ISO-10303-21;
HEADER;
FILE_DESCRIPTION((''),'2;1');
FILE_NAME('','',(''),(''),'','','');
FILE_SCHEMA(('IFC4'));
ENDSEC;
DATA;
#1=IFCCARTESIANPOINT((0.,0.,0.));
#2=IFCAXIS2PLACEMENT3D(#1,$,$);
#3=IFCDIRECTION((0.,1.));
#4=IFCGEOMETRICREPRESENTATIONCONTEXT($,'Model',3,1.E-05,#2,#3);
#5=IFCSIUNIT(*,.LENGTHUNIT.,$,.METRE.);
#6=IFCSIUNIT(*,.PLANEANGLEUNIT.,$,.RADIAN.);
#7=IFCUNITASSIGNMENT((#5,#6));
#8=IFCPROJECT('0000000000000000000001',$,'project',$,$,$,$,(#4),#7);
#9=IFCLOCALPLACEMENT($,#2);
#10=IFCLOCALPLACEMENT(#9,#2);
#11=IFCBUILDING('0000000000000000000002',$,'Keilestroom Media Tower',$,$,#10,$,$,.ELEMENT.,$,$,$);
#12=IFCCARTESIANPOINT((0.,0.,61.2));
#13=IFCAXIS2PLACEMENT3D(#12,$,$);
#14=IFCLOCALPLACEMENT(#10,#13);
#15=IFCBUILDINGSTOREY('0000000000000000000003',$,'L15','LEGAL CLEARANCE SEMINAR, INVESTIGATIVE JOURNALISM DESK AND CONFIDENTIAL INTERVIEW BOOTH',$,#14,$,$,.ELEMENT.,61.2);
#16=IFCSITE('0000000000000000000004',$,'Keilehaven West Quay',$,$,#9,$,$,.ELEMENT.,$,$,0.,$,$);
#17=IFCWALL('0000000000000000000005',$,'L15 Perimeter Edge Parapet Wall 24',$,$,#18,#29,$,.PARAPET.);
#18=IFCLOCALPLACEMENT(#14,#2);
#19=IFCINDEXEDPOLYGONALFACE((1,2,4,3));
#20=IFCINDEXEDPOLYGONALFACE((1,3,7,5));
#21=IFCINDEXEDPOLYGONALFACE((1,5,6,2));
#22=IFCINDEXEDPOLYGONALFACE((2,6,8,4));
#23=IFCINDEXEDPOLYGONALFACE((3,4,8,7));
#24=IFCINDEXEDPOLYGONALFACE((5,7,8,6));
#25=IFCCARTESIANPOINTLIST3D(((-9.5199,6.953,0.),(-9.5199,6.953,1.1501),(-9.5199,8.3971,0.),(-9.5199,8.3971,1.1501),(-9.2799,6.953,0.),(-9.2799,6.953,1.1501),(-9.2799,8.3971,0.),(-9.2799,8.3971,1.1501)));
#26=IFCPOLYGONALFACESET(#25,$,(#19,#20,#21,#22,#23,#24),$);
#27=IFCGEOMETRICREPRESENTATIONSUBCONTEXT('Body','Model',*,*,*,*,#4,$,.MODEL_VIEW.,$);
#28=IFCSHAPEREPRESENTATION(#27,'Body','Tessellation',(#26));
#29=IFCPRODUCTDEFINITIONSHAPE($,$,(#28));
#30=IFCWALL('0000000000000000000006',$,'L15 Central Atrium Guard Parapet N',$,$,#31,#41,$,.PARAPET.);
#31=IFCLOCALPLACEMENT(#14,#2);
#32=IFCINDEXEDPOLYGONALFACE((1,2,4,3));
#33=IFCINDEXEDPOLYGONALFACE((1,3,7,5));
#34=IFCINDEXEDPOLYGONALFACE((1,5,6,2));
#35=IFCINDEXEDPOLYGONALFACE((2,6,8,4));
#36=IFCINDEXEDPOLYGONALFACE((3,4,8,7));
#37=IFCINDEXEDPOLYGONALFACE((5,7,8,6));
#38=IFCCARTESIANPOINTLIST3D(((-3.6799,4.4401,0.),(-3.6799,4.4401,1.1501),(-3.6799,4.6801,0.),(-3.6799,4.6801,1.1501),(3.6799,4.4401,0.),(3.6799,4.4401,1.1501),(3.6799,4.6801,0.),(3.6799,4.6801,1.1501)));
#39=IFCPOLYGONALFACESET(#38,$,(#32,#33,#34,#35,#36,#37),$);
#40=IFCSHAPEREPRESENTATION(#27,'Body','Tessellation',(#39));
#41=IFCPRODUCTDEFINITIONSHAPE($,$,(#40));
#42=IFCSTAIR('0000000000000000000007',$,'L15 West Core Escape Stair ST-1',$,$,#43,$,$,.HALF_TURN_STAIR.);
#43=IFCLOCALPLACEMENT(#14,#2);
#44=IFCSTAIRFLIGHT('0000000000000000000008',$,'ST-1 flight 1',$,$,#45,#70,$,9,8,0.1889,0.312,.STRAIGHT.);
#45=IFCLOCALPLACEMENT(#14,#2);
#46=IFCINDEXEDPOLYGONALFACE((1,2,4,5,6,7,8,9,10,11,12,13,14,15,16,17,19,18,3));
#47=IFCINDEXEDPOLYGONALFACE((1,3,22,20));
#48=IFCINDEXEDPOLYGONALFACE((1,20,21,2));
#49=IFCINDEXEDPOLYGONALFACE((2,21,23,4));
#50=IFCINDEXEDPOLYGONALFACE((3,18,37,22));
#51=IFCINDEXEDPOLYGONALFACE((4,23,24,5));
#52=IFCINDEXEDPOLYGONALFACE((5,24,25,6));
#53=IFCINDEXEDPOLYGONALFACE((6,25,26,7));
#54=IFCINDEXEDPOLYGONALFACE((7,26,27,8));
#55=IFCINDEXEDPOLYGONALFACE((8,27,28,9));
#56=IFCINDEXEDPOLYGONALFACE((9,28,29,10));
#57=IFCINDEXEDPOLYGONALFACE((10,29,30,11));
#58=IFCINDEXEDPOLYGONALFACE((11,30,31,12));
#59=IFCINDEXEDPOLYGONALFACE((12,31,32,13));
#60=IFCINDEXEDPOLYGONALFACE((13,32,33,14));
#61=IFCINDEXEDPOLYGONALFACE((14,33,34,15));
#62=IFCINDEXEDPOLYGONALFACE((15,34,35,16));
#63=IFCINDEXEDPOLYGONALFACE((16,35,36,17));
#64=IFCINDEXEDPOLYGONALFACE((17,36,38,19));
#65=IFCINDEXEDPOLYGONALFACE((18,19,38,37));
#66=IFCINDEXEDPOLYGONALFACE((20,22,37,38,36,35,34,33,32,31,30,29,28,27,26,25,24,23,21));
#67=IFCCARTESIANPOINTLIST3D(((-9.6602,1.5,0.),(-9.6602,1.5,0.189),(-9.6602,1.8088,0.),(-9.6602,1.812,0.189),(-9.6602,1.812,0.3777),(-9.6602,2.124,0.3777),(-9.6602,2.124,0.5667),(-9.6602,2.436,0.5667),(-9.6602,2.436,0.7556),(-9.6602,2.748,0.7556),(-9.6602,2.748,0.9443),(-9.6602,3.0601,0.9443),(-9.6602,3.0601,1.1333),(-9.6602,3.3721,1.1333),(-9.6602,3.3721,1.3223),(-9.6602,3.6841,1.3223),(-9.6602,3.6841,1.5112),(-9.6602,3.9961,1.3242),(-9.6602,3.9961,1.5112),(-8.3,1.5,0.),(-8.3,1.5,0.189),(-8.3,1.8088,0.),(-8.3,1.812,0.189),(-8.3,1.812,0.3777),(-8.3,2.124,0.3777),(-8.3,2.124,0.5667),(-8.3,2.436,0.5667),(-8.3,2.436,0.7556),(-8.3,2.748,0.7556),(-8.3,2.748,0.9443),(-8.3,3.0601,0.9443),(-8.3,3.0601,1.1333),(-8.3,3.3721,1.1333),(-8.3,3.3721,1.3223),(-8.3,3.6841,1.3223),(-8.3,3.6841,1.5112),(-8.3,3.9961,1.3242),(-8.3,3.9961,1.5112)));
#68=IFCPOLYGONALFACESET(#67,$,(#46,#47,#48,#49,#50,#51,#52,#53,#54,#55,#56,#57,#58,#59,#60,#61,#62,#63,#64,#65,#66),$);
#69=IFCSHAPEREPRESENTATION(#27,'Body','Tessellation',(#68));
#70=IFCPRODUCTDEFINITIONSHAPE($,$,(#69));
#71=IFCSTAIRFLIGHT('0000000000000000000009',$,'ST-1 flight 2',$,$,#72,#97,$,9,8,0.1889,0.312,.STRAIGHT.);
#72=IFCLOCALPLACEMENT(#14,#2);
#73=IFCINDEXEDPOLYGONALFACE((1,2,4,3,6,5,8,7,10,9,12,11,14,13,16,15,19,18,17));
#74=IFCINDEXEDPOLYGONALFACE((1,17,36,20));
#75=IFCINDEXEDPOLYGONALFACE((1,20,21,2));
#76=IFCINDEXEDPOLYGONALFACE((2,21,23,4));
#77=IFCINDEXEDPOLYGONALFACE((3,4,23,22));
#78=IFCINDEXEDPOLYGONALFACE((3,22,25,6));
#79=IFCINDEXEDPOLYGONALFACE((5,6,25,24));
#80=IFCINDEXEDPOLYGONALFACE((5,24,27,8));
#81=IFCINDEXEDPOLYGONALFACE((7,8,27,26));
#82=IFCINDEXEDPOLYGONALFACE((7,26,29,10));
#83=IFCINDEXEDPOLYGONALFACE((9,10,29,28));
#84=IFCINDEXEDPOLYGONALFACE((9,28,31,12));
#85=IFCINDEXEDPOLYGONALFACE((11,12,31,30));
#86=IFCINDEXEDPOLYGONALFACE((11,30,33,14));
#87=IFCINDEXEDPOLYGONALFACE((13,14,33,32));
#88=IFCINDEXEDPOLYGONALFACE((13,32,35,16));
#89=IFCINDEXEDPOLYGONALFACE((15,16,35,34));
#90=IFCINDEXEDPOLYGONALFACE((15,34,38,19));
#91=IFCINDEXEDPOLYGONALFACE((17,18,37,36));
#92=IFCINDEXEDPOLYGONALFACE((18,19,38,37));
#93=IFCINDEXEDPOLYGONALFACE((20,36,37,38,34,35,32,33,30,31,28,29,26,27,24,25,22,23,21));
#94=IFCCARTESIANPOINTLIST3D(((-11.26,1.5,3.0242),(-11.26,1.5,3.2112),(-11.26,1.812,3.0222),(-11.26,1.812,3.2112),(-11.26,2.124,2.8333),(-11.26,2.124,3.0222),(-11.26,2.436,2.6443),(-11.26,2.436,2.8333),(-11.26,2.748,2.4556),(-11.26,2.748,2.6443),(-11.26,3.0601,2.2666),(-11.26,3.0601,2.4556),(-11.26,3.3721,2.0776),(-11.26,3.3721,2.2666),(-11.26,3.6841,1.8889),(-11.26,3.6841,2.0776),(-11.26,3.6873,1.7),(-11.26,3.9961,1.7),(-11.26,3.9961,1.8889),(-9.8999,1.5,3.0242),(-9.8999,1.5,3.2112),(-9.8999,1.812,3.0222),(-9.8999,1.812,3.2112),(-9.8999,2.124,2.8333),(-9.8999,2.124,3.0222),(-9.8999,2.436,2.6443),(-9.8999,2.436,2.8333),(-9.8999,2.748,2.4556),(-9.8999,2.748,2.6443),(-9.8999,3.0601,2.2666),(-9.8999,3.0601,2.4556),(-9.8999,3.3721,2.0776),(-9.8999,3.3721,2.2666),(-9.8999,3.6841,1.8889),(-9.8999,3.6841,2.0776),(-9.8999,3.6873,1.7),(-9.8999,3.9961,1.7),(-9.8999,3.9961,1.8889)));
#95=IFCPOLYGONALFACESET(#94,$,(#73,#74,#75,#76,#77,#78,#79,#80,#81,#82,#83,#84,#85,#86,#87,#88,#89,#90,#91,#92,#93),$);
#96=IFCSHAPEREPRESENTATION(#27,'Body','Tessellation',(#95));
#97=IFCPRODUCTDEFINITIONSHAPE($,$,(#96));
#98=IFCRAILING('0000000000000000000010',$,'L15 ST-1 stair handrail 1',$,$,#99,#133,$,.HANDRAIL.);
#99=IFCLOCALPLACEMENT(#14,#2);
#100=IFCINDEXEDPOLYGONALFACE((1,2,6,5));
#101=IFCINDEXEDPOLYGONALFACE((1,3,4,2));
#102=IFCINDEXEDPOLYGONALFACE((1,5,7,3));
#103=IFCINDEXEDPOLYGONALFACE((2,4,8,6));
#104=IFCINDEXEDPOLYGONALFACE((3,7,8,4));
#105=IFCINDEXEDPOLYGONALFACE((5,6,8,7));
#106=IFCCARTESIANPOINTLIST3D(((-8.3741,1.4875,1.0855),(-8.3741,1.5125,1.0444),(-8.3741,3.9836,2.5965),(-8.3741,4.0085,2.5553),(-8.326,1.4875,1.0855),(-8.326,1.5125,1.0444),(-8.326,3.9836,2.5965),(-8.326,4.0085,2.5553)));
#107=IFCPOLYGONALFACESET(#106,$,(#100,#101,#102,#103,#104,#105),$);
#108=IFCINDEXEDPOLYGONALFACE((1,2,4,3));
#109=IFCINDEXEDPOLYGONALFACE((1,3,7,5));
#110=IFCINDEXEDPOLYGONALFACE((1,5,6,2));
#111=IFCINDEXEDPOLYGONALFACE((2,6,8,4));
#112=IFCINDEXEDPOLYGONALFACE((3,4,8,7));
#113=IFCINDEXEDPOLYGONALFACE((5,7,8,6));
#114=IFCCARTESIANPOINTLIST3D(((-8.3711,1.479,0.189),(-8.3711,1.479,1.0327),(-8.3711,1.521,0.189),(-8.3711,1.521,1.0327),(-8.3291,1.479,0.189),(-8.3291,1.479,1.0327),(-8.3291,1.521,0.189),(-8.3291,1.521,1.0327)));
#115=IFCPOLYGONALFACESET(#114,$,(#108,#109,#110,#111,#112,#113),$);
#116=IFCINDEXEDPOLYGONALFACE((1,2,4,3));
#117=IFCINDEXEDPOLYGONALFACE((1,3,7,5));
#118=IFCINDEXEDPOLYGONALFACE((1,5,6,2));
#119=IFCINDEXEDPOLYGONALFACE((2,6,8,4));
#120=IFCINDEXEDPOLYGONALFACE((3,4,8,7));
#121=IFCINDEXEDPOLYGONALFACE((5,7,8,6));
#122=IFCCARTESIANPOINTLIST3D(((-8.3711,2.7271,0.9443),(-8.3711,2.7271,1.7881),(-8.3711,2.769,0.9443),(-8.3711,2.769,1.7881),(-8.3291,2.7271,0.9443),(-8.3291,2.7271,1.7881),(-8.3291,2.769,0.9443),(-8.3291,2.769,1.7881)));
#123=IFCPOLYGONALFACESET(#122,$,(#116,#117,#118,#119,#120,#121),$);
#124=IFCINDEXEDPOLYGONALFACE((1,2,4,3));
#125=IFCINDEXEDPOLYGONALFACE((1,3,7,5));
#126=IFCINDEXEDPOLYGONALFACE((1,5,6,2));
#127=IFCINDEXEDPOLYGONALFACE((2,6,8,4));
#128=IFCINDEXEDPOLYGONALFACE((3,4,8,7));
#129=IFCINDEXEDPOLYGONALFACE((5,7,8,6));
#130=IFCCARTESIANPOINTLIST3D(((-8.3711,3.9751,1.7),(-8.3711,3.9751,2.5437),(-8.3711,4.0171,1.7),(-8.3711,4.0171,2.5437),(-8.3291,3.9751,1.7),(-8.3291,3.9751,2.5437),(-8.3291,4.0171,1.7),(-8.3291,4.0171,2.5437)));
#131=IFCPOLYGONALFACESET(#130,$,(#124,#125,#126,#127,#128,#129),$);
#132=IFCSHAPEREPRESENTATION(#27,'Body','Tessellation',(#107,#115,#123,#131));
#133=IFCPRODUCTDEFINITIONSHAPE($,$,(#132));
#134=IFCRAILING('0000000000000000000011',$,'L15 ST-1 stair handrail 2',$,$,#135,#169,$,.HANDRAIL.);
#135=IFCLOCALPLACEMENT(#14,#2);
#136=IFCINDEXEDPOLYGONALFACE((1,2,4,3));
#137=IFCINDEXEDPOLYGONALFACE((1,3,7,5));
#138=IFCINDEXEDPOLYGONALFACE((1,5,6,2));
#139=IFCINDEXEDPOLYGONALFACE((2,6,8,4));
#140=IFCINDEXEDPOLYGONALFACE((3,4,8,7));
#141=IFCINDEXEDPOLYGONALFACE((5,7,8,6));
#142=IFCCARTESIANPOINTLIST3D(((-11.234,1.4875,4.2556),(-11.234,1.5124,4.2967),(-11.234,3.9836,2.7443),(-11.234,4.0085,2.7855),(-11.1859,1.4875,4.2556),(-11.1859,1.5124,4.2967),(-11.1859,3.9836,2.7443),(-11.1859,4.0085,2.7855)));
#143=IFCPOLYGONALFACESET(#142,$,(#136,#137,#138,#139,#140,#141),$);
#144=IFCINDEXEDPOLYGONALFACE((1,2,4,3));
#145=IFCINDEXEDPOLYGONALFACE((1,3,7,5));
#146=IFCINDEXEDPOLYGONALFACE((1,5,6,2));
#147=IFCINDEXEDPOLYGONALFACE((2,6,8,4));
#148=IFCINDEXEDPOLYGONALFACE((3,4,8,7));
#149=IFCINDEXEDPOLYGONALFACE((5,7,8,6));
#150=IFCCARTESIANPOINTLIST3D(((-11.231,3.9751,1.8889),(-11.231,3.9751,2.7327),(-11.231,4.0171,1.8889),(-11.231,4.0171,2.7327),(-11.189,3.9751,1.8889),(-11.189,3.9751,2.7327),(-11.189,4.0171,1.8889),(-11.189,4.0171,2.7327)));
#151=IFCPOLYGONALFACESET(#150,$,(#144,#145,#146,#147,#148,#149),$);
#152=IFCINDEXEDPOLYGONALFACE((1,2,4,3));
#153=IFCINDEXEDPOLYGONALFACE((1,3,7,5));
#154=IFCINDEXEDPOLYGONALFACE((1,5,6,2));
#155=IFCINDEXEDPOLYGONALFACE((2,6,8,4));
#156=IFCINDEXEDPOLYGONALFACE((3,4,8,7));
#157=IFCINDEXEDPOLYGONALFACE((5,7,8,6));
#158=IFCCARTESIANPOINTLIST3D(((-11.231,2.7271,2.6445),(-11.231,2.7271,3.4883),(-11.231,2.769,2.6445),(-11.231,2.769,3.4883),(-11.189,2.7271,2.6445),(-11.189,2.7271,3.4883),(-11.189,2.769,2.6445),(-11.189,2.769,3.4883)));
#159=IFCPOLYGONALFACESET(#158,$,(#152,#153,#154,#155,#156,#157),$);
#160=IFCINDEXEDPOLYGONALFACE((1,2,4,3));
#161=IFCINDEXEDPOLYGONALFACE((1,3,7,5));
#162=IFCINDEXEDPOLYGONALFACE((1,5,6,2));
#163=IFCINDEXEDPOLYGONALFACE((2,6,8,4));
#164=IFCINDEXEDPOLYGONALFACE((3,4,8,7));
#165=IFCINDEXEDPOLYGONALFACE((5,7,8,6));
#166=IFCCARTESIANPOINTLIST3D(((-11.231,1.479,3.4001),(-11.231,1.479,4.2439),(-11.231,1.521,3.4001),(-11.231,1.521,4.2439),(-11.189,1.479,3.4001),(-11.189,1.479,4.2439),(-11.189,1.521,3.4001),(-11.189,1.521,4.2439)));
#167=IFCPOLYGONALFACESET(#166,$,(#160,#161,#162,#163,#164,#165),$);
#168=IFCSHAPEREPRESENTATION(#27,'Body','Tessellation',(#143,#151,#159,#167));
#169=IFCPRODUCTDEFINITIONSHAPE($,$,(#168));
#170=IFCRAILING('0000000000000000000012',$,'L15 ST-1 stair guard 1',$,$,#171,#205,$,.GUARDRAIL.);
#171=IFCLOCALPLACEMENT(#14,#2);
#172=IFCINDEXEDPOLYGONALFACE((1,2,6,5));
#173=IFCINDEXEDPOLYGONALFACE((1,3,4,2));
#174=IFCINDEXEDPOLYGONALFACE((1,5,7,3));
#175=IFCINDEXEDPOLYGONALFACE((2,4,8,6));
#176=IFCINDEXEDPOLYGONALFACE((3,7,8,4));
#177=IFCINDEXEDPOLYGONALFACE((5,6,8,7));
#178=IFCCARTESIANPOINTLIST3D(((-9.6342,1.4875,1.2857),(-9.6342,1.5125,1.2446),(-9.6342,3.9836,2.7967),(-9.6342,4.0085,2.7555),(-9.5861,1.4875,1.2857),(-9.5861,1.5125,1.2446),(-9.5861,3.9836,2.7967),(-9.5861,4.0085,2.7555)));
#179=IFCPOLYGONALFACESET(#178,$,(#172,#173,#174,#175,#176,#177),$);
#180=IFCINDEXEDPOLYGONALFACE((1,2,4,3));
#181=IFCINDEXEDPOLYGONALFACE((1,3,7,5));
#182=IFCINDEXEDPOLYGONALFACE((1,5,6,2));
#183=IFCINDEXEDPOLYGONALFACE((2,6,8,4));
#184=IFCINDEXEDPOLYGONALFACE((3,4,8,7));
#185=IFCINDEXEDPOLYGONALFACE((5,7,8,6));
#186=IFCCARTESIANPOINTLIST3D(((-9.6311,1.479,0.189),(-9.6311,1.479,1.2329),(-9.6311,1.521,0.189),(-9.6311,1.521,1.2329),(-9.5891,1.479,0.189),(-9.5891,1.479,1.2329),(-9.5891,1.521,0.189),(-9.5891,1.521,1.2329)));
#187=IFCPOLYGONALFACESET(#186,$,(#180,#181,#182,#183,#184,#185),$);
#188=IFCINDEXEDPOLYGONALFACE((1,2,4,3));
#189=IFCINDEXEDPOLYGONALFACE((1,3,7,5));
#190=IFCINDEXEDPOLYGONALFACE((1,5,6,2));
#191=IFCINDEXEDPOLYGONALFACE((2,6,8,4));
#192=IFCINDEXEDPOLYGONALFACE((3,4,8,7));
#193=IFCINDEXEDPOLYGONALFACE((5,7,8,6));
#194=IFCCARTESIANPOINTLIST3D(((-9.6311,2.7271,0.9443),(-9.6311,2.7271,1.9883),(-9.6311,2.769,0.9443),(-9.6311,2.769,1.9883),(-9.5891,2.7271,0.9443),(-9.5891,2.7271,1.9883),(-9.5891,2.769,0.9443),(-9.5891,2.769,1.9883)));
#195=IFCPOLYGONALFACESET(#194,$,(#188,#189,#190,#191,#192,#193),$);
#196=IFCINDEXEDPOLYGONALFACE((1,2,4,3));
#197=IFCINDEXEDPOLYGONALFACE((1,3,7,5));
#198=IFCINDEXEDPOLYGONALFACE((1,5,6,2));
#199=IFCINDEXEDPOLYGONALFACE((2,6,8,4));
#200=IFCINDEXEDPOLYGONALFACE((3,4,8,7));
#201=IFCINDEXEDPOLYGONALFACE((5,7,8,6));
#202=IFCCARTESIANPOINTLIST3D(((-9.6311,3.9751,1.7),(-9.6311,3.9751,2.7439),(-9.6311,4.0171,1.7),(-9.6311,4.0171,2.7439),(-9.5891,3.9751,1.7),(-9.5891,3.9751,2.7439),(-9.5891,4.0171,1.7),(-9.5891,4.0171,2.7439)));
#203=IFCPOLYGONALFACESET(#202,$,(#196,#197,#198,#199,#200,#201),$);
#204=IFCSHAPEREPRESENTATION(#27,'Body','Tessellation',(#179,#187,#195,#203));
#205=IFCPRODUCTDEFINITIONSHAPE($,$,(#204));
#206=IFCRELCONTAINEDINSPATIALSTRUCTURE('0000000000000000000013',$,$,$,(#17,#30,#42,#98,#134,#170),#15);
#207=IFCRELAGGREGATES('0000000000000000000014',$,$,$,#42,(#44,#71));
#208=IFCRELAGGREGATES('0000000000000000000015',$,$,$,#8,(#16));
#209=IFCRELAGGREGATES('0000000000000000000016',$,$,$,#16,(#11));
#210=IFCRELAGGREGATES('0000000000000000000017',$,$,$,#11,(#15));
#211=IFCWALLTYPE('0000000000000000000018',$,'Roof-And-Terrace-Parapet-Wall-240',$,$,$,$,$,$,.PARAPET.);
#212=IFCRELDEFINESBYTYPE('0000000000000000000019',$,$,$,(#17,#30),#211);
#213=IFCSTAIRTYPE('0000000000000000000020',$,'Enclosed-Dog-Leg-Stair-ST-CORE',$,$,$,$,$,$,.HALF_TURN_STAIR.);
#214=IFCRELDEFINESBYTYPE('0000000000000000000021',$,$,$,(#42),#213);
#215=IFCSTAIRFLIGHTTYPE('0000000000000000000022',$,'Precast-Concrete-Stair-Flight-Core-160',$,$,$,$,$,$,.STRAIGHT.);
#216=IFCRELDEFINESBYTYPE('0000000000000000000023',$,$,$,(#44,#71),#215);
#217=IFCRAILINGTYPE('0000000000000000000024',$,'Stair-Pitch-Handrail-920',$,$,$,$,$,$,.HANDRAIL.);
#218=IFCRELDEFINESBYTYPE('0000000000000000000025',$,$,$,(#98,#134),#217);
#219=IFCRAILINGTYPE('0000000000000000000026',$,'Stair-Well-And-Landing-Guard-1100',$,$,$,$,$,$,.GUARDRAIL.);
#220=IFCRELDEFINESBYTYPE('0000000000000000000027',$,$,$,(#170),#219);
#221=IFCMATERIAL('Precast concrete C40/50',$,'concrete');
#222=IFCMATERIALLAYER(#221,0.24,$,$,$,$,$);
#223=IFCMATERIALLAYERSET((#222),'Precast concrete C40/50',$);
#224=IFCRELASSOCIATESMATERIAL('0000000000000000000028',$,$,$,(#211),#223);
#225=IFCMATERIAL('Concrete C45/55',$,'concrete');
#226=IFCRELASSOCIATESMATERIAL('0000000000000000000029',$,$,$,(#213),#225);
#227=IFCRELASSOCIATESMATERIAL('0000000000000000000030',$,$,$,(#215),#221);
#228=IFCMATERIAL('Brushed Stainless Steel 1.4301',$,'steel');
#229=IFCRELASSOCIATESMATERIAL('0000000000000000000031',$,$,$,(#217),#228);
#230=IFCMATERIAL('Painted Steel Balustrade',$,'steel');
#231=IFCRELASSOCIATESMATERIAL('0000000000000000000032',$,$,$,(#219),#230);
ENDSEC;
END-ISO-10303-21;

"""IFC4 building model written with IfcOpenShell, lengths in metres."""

from ifc_helpers import new_model, si_unit, direction, frame, frame_2d, origin, origin_2d, place, context, subcontext, project, spatial, polyline, rectangle, outline, extrude, material, layer, layer_set, type_object, element, aggregate, save


model = new_model("IFC4")

# Units and contexts
model_context = context("Model", 3, precision=1e-05, world=origin(), true_north=direction((0.0, 1.0)))
body_context = subcontext(model_context, "Body", "Model", "MODEL_VIEW")
ifc_project = project(units=[si_unit("LENGTHUNIT", "METRE"), si_unit("PLANEANGLEUNIT", "RADIAN")], contexts=[model_context])

# Site, building, storey
site_placement = place(None, origin())
site = spatial("IfcSite", under=ifc_project, at=site_placement, Name="Keilehaven West Quay", CompositionType="ELEMENT", RefElevation=0.0)
building_placement = place(site_placement, origin())
building = spatial("IfcBuilding", under=site, at=building_placement, Name="Keilestroom Media Tower", CompositionType="ELEMENT")
storey_placement = place(building_placement, frame((0.0, 0.0, 61.2)))
storey = spatial("IfcBuildingStorey", under=building, at=storey_placement, Name="L15", Description="LEGAL CLEARANCE SEMINAR, INVESTIGATIVE JOURNALISM DESK AND CONFIDENTIAL INTERVIEW BOOTH", CompositionType="ELEMENT", Elevation=61.2)

# Shared definitions
ifc_material_1 = material(Name="Concrete C45/55", Category="concrete")

# Walls
ifc_material_2 = material(Name="Precast concrete C40/50", Category="concrete")
ifc_layer_1 = layer(ifc_material_2, 0.24)
ifc_layer_set_1 = layer_set([ifc_layer_1], Name="Precast concrete C40/50")
wall_type_1 = type_object("IfcWallType", Name="Roof-And-Terrace-Parapet-Wall-240", PredefinedType="PARAPET", material=ifc_layer_set_1)
wall_1_placement = place(storey_placement, frame((-9.3999, 6.9529, 0.0), z_axis=(0.0, 0.0, 1.0), x_axis=(0.0, 1.0, 0.0)))
element("IfcWall", 1, at=wall_1_placement, inside=storey, type_object=wall_type_1, Name="L15 Perimeter Edge Parapet Wall 24", PredefinedType="PARAPET", context=body_context, shape_type="SweptSolid", body=[
    extrude(rectangle(XDim=1.4441, YDim=0.24, at=frame_2d((0.7222, 0.0))), origin(), (0.0, 0.0, 1.0), 1.1501),
])
wall_2_placement = place(storey_placement, frame((-3.6799, 4.5601, 0.0), z_axis=(0.0, 0.0, 1.0), x_axis=(1.0, 0.0, 0.0)))
element("IfcWall", 2, at=wall_2_placement, inside=storey, type_object=wall_type_1, Name="L15 Central Atrium Guard Parapet N", PredefinedType="PARAPET", context=body_context, shape_type="SweptSolid", body=[
    extrude(rectangle(XDim=7.3599, YDim=0.24, at=frame_2d((3.6799, 0.0))), origin(), (0.0, 0.0, 1.0), 1.1501),
])

# Stair, stair flights
stair_type = type_object("IfcStairType", Name="Enclosed-Dog-Leg-Stair-ST-CORE", PredefinedType="HALF_TURN_STAIR", material=ifc_material_1)
stair_placement = place(storey_placement, origin())
stair = element("IfcStair", 3, at=stair_placement, inside=storey, type_object=stair_type, Name="L15 West Core Escape Stair ST-1", PredefinedType="HALF_TURN_STAIR")
stair_flight_type = type_object("IfcStairFlightType", Name="Precast-Concrete-Stair-Flight-Core-160", PredefinedType="STRAIGHT", material=ifc_material_2)
stair_flight_1_placement = place(storey_placement, frame((-8.98, 1.5, 0.0), z_axis=(0.0, 0.0, 1.0), x_axis=(0.0, 1.0, 0.0)))
stair_flight_1 = element("IfcStairFlight", 4, at=stair_flight_1_placement, type_object=stair_flight_type, Name="ST-1 flight 1", NumberOfRisers=9, NumberOfTreads=8, PredefinedType="STRAIGHT", RiserHeight=0.1889, TreadLength=0.312, context=body_context, shape_type="SweptSolid", body=[
    extrude(outline(polyline([(0.0, 0.0), (0.0, 0.189), (0.312, 0.189), (0.312, 0.3777), (0.624, 0.3777), (0.624, 0.5667), (0.936, 0.5667), (0.936, 0.7556), (1.248, 0.7556), (1.248, 0.9443), (1.5601, 0.9443), (1.5601, 1.1333), (1.8721, 1.1333), (1.8721, 1.3223), (2.1841, 1.3223), (2.1841, 1.5112), (2.4961, 1.5112), (2.4961, 1.7), (2.4961, 1.3242), (0.3088, 0.0), (0.0, 0.0)])), frame((0.0, 0.6802, 0.0), z_axis=(0.0, -1.0, 0.0), x_axis=(1.0, 0.0, 0.0)), (0.0, 0.0, 1.0), 1.3601),
])
stair_flight_2_placement = place(storey_placement, frame((-10.5801, 3.9961, 1.7), z_axis=(0.0, 0.0, 1.0), x_axis=(0.0, -1.0, 0.0)))
stair_flight_2 = element("IfcStairFlight", 5, at=stair_flight_2_placement, type_object=stair_flight_type, Name="ST-1 flight 2", NumberOfRisers=9, NumberOfTreads=8, PredefinedType="STRAIGHT", RiserHeight=0.1889, TreadLength=0.312, context=body_context, shape_type="SweptSolid", body=[
    extrude(outline(polyline([(0.0, 0.0), (0.0, 0.189), (0.312, 0.189), (0.312, 0.3777), (0.624, 0.3777), (0.624, 0.5667), (0.936, 0.5667), (0.936, 0.7556), (1.248, 0.7556), (1.248, 0.9443), (1.5601, 0.9443), (1.5601, 1.1333), (1.8721, 1.1333), (1.8721, 1.3223), (2.1841, 1.3223), (2.1841, 1.5112), (2.4961, 1.5112), (2.4961, 1.7), (2.4961, 1.3242), (0.3088, 0.0), (0.0, 0.0)])), frame((0.0, 0.6802, 0.0), z_axis=(0.0, -1.0, 0.0), x_axis=(1.0, 0.0, 0.0)), (0.0, 0.0, 1.0), 1.3601),
])
aggregate(stair, [stair_flight_1, stair_flight_2])

# Railings
ifc_material_3 = material(Name="Brushed Stainless Steel 1.4301", Category="steel")
railing_type_1 = type_object("IfcRailingType", Name="Stair-Pitch-Handrail-920", PredefinedType="HANDRAIL", material=ifc_material_3)
railing_1_placement = place(storey_placement, frame((-8.3501, 1.5, 0.189)))
element("IfcRailing", 6, at=railing_1_placement, inside=storey, type_object=railing_type_1, Name="L15 ST-1 stair handrail 1", PredefinedType="HANDRAIL", context=body_context, shape_type="SweptSolid", body=[
    extrude(rectangle(XDim=0.0481, YDim=0.0481, at=origin_2d()), frame((0.0, 0.0, 0.876), z_axis=(0.0, 0.855471, 0.517851), x_axis=(-1.0, 0.0, 0.0)), (0.0, 0.0, 1.0), 2.9177),
    extrude(rectangle(XDim=0.042, YDim=0.042, at=origin_2d()), origin(), (0.0, 0.0, 1.0), 0.8438),
    extrude(rectangle(XDim=0.042, YDim=0.042, at=origin_2d()), frame((0.0, 1.248, 0.7554)), (0.0, 0.0, 1.0), 0.8438),
    extrude(rectangle(XDim=0.042, YDim=0.042, at=origin_2d()), frame((0.0, 2.4961, 1.511)), (0.0, 0.0, 1.0), 0.8438),
])
railing_2_placement = place(storey_placement, frame((-11.21, 3.9961, 1.8889)))
element("IfcRailing", 7, at=railing_2_placement, inside=storey, type_object=railing_type_1, Name="L15 ST-1 stair handrail 2", PredefinedType="HANDRAIL", context=body_context, shape_type="SweptSolid", body=[
    extrude(rectangle(XDim=0.0481, YDim=0.0481, at=origin_2d()), frame((0.0, 0.0, 0.876), z_axis=(0.0, -0.855434, 0.517912), x_axis=(1.0, 0.0, 0.0)), (0.0, 0.0, 1.0), 2.918),
    extrude(rectangle(XDim=0.042, YDim=0.042, at=origin_2d()), origin(), (0.0, 0.0, 1.0), 0.8438),
    extrude(rectangle(XDim=0.042, YDim=0.042, at=origin_2d()), frame((0.0, -1.248, 0.7556)), (0.0, 0.0, 1.0), 0.8438),
    extrude(rectangle(XDim=0.042, YDim=0.042, at=origin_2d()), frame((0.0, -2.4961, 1.5112)), (0.0, 0.0, 1.0), 0.8438),
])
ifc_material_4 = material(Name="Painted Steel Balustrade", Category="steel")
railing_type_2 = type_object("IfcRailingType", Name="Stair-Well-And-Landing-Guard-1100", PredefinedType="GUARDRAIL", material=ifc_material_4)
railing_3_placement = place(storey_placement, frame((-9.6101, 1.5, 0.189)))
element("IfcRailing", 8, at=railing_3_placement, inside=storey, type_object=railing_type_2, Name="L15 ST-1 stair guard 1", PredefinedType="GUARDRAIL", context=body_context, shape_type="SweptSolid", body=[
    extrude(rectangle(XDim=0.0481, YDim=0.0481, at=origin_2d()), frame((0.0, 0.0, 1.0762), z_axis=(0.0, 0.855471, 0.517851), x_axis=(-1.0, 0.0, 0.0)), (0.0, 0.0, 1.0), 2.9177),
    extrude(rectangle(XDim=0.042, YDim=0.042, at=origin_2d()), origin(), (0.0, 0.0, 1.0), 1.0439),
    extrude(rectangle(XDim=0.042, YDim=0.042, at=origin_2d()), frame((0.0, 1.248, 0.7554)), (0.0, 0.0, 1.0), 1.0439),
    extrude(rectangle(XDim=0.042, YDim=0.042, at=origin_2d()), frame((0.0, 2.4961, 1.511)), (0.0, 0.0, 1.0), 1.0439),
])

save(model, "model.ifc")
